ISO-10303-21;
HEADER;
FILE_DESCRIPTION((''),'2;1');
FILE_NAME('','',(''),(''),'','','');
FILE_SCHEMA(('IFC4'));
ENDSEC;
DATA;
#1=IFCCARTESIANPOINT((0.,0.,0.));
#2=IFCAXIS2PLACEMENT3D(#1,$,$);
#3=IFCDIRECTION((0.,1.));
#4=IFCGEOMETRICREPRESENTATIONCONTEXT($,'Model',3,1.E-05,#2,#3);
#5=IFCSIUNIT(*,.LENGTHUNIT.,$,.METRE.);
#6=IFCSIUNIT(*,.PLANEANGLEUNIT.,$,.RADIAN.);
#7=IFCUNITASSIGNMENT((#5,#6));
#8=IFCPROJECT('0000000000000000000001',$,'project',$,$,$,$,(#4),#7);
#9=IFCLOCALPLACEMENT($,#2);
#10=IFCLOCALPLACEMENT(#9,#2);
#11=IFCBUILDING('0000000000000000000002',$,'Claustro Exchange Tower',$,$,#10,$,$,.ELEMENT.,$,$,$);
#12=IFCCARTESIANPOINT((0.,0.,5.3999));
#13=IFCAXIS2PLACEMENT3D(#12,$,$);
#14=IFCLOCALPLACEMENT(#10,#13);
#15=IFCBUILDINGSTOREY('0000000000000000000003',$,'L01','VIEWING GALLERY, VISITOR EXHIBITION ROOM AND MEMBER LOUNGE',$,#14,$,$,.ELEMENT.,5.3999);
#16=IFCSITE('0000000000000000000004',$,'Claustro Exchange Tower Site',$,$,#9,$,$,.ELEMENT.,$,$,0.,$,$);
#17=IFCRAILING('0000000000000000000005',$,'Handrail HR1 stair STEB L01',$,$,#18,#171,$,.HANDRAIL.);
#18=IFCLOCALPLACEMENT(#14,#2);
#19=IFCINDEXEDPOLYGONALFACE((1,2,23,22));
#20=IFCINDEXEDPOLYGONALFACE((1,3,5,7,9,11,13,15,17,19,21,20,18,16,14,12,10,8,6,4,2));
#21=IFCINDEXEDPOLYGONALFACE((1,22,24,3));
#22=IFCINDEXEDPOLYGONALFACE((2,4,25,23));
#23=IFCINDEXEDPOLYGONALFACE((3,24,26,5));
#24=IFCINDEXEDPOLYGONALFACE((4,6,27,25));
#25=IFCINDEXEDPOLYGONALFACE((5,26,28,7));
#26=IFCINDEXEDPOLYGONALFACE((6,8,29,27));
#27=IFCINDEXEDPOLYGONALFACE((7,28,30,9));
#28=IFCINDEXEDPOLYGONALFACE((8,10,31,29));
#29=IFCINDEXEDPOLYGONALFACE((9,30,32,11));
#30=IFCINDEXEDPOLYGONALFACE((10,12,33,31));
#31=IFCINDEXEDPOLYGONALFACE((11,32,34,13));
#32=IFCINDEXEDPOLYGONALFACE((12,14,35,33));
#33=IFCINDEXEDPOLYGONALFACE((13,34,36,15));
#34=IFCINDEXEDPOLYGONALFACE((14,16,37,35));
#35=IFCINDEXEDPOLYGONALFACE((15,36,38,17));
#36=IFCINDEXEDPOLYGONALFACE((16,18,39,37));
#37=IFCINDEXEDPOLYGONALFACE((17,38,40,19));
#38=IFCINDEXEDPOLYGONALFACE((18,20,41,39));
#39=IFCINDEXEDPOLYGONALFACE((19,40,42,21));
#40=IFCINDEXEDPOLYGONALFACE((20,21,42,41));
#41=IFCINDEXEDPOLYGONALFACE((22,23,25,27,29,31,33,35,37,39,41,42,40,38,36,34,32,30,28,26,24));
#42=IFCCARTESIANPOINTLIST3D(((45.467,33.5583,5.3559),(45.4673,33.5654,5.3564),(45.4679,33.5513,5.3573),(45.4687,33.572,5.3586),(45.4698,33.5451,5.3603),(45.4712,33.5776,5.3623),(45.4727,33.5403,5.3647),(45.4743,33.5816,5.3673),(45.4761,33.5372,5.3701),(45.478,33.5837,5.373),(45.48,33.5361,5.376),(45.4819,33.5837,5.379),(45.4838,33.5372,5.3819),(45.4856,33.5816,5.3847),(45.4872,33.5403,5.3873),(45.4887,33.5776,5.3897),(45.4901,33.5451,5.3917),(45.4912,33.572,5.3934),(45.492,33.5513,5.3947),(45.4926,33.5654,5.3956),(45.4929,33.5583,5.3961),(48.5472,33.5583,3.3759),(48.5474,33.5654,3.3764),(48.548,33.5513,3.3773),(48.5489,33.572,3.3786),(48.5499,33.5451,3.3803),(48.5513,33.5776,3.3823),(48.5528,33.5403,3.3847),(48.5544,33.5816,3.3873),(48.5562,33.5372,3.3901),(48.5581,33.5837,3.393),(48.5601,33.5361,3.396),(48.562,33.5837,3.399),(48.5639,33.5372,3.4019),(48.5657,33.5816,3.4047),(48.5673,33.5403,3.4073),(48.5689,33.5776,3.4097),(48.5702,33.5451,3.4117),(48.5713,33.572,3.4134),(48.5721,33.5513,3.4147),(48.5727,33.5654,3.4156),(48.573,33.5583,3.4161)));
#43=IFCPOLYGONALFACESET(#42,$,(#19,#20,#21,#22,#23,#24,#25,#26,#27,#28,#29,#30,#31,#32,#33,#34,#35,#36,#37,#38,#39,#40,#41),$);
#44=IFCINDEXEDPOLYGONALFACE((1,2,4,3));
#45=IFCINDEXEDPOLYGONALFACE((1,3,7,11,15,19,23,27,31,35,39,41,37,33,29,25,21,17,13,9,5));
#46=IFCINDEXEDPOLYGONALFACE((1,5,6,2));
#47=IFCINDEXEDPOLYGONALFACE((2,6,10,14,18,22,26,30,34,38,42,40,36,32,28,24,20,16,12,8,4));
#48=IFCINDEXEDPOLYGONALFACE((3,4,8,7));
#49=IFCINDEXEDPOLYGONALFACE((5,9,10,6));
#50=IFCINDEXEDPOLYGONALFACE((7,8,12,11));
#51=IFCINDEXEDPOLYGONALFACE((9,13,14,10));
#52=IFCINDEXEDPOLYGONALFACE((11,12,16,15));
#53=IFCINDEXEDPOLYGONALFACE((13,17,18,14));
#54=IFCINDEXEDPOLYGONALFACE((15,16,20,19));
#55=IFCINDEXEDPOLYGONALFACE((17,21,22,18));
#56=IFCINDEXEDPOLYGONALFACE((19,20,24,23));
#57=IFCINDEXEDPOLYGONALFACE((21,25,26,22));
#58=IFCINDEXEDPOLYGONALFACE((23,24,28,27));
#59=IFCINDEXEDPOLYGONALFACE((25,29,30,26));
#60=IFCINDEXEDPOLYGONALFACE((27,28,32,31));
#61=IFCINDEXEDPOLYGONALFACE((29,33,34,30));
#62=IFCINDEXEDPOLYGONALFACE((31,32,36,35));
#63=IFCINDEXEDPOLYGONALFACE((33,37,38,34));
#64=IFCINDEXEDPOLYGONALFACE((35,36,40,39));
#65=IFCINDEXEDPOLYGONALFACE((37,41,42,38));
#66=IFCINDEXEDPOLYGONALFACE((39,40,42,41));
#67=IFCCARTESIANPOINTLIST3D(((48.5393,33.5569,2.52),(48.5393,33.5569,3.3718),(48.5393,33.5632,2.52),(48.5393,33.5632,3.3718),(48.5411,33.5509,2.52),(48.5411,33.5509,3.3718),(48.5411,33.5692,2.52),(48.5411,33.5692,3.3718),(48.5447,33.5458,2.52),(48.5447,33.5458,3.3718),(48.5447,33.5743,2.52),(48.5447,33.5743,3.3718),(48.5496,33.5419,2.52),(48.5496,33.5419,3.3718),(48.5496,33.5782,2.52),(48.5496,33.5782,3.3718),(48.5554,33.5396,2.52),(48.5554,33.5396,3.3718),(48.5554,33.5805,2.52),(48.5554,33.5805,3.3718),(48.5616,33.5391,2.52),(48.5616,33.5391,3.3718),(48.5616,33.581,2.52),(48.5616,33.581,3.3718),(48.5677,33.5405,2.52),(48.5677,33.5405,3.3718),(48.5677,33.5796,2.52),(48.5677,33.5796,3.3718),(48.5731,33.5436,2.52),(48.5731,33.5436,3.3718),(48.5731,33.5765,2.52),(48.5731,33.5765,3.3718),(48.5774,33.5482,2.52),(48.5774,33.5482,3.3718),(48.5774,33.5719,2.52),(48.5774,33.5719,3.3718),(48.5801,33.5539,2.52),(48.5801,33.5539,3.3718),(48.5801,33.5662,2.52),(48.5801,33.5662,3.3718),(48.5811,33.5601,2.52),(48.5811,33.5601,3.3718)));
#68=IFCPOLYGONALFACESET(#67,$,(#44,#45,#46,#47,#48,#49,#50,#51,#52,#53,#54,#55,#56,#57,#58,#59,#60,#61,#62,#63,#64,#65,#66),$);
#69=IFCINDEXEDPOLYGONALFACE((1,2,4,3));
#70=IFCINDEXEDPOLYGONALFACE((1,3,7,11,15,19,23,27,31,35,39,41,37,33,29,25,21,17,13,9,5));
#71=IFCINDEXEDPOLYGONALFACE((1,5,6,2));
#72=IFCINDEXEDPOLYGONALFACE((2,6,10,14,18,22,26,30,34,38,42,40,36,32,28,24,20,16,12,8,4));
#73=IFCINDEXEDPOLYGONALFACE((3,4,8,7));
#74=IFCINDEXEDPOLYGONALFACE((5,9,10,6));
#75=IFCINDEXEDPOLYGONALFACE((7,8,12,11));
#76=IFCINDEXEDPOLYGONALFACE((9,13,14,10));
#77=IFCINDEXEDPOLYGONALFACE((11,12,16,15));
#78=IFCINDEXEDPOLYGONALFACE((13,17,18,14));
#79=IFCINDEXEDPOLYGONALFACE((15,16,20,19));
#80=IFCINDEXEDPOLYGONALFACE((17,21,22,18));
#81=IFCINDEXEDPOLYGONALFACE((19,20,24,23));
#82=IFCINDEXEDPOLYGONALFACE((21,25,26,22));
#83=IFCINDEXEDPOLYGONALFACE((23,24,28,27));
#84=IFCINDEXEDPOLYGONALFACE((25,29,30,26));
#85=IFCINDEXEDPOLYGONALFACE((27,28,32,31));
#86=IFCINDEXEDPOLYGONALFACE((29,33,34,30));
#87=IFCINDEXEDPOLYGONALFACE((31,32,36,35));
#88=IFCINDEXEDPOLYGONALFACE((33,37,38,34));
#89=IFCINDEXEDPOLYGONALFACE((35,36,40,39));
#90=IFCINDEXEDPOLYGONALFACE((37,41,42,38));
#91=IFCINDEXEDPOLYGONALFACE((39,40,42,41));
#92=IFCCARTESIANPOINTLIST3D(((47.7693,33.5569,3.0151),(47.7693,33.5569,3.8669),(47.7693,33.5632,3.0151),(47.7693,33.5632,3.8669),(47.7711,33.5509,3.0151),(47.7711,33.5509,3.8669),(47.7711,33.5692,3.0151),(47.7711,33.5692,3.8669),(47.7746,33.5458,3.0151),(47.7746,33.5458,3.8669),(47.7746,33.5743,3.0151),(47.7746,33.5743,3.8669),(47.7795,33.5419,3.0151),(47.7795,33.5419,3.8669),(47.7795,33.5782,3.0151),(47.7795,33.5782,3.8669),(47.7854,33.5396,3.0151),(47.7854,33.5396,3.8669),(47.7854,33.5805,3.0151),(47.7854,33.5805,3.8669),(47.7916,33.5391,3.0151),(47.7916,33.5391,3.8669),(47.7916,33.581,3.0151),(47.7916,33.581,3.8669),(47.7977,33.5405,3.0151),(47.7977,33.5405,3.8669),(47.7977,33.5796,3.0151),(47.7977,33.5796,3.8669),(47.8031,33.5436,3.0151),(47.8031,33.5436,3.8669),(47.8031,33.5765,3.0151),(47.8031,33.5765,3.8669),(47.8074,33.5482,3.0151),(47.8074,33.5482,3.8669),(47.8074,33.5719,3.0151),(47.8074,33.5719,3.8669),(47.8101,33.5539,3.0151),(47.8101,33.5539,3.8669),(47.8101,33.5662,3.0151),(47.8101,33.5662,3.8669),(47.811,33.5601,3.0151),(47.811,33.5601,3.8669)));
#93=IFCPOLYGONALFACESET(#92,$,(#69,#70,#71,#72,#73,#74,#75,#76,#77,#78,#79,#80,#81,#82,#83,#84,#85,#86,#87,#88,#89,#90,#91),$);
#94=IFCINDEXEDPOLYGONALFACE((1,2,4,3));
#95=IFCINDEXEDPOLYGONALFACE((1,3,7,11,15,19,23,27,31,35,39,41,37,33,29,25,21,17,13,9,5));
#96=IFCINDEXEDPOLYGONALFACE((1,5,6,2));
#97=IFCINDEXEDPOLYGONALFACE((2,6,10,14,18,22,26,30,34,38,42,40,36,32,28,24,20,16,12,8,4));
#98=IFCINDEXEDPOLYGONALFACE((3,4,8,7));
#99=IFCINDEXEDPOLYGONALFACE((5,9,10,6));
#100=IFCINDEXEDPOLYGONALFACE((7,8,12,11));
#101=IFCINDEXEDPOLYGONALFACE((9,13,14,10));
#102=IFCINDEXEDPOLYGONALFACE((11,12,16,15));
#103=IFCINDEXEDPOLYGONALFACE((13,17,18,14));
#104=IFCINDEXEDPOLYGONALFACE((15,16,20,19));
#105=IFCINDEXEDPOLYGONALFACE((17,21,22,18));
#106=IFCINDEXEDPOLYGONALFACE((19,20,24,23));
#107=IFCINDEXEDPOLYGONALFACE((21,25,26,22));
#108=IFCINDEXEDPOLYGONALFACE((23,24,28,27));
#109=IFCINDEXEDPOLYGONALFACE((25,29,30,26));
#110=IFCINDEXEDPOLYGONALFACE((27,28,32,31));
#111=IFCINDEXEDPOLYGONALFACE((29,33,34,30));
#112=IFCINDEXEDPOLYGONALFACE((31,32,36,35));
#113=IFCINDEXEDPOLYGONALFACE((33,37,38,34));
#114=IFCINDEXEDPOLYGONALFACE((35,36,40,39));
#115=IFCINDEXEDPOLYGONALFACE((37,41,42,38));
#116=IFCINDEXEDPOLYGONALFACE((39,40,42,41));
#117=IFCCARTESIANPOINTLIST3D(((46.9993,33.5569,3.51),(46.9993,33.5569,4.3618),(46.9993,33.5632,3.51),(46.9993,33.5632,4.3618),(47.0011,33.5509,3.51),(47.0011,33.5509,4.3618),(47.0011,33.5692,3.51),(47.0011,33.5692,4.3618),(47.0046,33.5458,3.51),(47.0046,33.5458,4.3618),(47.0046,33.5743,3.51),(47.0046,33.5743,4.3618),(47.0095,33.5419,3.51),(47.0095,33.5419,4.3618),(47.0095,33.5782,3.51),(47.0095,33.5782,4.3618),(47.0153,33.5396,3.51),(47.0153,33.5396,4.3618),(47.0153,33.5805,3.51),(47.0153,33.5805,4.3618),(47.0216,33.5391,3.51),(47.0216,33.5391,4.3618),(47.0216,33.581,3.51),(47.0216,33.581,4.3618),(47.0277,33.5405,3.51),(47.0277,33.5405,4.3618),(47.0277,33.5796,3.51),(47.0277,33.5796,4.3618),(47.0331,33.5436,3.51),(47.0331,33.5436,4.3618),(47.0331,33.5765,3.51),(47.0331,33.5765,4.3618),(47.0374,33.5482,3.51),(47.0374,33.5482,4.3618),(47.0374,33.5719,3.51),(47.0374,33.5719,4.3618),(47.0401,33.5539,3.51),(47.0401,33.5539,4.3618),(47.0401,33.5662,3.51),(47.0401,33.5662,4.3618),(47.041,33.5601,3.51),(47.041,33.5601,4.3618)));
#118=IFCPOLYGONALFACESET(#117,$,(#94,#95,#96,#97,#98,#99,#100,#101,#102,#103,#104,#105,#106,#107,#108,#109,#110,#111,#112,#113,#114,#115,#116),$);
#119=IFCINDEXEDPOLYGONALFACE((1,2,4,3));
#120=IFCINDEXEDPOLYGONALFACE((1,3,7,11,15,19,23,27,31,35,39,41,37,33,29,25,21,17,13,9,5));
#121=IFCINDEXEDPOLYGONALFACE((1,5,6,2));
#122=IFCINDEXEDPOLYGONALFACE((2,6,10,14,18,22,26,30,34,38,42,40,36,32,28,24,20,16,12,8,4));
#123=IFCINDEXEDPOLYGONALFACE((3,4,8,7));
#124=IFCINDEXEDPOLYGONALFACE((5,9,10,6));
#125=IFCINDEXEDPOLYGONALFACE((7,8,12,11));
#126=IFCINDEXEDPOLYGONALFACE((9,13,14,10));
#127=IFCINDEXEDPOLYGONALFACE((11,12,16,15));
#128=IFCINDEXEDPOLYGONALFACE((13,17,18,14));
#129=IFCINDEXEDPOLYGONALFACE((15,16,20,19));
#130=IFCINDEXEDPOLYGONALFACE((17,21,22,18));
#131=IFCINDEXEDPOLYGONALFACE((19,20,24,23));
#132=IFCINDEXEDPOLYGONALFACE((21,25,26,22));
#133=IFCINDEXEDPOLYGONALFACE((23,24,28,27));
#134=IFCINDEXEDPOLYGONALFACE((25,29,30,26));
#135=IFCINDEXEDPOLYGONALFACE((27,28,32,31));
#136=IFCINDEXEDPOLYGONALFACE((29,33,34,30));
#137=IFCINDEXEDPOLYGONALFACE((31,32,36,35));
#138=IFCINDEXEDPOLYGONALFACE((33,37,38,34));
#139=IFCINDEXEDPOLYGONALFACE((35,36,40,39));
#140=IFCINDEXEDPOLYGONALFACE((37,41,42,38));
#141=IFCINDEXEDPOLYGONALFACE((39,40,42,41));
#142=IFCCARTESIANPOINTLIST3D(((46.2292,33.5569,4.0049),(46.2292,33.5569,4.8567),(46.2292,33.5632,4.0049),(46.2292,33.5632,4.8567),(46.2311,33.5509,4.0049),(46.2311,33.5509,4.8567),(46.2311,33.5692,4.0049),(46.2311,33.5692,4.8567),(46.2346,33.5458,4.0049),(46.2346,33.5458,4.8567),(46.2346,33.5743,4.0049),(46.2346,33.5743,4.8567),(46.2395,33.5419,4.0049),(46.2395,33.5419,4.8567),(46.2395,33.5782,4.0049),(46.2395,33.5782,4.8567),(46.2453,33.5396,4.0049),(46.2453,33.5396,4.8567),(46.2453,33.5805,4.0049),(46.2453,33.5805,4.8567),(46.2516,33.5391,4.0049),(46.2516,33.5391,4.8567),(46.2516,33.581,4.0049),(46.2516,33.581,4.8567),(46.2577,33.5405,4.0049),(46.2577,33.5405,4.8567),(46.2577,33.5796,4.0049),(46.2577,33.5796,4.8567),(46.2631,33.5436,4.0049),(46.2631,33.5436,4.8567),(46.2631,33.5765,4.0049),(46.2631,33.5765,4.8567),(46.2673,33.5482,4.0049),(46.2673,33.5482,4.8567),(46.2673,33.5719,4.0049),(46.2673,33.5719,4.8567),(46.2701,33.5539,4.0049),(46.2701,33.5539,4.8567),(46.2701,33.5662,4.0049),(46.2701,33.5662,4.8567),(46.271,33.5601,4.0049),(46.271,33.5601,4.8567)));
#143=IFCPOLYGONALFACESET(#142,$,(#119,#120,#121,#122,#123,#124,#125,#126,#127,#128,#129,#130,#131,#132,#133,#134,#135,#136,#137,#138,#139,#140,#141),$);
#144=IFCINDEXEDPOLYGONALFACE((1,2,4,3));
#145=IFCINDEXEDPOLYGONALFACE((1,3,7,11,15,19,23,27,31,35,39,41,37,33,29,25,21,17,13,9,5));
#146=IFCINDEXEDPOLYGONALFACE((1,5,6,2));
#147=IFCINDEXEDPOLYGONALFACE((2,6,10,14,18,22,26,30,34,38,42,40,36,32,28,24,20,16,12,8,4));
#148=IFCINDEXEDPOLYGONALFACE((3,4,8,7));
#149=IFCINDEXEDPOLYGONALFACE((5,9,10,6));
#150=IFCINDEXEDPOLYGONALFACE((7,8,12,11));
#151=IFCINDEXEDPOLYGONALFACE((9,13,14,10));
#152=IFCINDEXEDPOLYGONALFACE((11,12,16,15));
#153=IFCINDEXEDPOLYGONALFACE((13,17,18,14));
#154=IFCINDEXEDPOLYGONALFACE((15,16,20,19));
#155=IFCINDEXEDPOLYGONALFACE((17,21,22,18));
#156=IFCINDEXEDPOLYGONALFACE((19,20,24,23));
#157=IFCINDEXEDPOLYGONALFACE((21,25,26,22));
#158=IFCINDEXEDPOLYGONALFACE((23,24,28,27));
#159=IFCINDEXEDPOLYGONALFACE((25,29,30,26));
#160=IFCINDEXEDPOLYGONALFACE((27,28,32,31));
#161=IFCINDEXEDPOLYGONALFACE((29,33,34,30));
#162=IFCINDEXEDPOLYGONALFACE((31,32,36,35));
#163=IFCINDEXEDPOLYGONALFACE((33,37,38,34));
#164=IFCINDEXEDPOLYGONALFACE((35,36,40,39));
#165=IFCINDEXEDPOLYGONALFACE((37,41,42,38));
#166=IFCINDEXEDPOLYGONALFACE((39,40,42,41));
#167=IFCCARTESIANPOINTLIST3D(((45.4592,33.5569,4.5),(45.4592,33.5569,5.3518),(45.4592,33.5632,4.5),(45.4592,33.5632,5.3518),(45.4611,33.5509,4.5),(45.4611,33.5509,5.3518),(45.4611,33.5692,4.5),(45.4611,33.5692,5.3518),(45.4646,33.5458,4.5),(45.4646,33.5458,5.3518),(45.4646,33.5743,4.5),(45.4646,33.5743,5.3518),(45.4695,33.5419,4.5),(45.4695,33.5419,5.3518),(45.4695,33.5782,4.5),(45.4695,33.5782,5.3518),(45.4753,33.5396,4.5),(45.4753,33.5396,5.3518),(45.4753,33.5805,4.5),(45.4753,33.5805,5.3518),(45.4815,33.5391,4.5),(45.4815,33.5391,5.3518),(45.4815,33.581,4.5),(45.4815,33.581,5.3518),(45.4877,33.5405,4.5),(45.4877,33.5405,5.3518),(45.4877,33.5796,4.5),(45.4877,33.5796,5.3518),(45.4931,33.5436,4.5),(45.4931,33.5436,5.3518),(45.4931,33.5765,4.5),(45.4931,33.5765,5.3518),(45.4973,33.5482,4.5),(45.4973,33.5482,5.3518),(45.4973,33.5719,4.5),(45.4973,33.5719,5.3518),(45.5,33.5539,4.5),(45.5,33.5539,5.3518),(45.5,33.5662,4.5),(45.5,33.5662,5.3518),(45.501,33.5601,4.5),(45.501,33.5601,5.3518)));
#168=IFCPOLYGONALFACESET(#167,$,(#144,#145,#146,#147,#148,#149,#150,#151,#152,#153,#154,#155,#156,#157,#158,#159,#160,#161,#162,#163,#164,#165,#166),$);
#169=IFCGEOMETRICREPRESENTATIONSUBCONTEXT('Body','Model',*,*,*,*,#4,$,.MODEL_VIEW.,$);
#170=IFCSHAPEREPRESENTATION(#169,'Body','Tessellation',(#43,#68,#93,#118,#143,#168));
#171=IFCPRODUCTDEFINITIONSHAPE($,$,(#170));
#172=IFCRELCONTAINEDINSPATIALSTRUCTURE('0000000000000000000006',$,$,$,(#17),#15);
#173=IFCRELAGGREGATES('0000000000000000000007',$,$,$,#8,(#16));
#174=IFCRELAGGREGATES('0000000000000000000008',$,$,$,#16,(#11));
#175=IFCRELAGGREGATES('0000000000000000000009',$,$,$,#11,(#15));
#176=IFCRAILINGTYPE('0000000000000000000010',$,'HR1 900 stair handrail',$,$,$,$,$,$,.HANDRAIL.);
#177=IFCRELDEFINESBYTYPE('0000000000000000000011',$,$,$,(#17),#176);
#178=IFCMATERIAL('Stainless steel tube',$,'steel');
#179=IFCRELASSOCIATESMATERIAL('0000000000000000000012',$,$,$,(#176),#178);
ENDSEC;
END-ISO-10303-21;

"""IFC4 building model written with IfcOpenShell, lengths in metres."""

from ifc_helpers import new_model, si_unit, direction, frame, origin, origin_2d, place, context, subcontext, project, spatial, circle, extrude, material, type_object, element, save


model = new_model("IFC4")

# Units and contexts
model_context = context("Model", 3, precision=1e-05, world=origin(), true_north=direction((0.0, 1.0)))
body_context = subcontext(model_context, "Body", "Model", "MODEL_VIEW")
ifc_project = project(units=[si_unit("LENGTHUNIT", "METRE"), si_unit("PLANEANGLEUNIT", "RADIAN")], contexts=[model_context])

# Site, building, storey
site_placement = place(None, origin())
site = spatial("IfcSite", under=ifc_project, at=site_placement, Name="Claustro Exchange Tower Site", CompositionType="ELEMENT", RefElevation=0.0)
building_placement = place(site_placement, origin())
building = spatial("IfcBuilding", under=site, at=building_placement, Name="Claustro Exchange Tower", CompositionType="ELEMENT")
storey_placement = place(building_placement, frame((0.0, 0.0, 5.3999)))
storey = spatial("IfcBuildingStorey", under=building, at=storey_placement, Name="L01", Description="VIEWING GALLERY, VISITOR EXHIBITION ROOM AND MEMBER LOUNGE", CompositionType="ELEMENT", Elevation=5.3999)

# Railing
ifc_material_1 = material(Name="Stainless steel tube", Category="steel")
railing_type_1 = type_object("IfcRailingType", Name="HR1 900 stair handrail", PredefinedType="HANDRAIL", material=ifc_material_1)
railing_1_placement = place(storey_placement, frame((48.5601, 33.5601, 2.52)))
element("IfcRailing", 1, at=railing_1_placement, inside=storey, type_object=railing_type_1, Name="Handrail HR1 stair STEB L01", PredefinedType="HANDRAIL", context=body_context, shape_type="SweptSolid", body=[
    extrude(circle(Radius=0.0239, at=origin_2d()), frame((0.0, 0.0, 0.876), z_axis=(-0.841187, 0.0, 0.540744), x_axis=(0.0, -1.0, 0.0)), (0.0, 0.0, 1.0), 3.6616),
    extrude(circle(Radius=0.021, at=origin_2d()), origin(), (0.0, 0.0, 1.0), 0.8518),
    extrude(circle(Radius=0.021, at=origin_2d()), frame((-0.77, 0.0, 0.4951)), (0.0, 0.0, 1.0), 0.8518),
    extrude(circle(Radius=0.021, at=origin_2d()), frame((-1.54, 0.0, 0.99)), (0.0, 0.0, 1.0), 0.8518),
    extrude(circle(Radius=0.021, at=origin_2d()), frame((-2.3101, 0.0, 1.4849)), (0.0, 0.0, 1.0), 0.8518),
    extrude(circle(Radius=0.021, at=origin_2d()), frame((-3.0801, 0.0, 1.98)), (0.0, 0.0, 1.0), 0.8518),
])

save(model, "model.ifc")
